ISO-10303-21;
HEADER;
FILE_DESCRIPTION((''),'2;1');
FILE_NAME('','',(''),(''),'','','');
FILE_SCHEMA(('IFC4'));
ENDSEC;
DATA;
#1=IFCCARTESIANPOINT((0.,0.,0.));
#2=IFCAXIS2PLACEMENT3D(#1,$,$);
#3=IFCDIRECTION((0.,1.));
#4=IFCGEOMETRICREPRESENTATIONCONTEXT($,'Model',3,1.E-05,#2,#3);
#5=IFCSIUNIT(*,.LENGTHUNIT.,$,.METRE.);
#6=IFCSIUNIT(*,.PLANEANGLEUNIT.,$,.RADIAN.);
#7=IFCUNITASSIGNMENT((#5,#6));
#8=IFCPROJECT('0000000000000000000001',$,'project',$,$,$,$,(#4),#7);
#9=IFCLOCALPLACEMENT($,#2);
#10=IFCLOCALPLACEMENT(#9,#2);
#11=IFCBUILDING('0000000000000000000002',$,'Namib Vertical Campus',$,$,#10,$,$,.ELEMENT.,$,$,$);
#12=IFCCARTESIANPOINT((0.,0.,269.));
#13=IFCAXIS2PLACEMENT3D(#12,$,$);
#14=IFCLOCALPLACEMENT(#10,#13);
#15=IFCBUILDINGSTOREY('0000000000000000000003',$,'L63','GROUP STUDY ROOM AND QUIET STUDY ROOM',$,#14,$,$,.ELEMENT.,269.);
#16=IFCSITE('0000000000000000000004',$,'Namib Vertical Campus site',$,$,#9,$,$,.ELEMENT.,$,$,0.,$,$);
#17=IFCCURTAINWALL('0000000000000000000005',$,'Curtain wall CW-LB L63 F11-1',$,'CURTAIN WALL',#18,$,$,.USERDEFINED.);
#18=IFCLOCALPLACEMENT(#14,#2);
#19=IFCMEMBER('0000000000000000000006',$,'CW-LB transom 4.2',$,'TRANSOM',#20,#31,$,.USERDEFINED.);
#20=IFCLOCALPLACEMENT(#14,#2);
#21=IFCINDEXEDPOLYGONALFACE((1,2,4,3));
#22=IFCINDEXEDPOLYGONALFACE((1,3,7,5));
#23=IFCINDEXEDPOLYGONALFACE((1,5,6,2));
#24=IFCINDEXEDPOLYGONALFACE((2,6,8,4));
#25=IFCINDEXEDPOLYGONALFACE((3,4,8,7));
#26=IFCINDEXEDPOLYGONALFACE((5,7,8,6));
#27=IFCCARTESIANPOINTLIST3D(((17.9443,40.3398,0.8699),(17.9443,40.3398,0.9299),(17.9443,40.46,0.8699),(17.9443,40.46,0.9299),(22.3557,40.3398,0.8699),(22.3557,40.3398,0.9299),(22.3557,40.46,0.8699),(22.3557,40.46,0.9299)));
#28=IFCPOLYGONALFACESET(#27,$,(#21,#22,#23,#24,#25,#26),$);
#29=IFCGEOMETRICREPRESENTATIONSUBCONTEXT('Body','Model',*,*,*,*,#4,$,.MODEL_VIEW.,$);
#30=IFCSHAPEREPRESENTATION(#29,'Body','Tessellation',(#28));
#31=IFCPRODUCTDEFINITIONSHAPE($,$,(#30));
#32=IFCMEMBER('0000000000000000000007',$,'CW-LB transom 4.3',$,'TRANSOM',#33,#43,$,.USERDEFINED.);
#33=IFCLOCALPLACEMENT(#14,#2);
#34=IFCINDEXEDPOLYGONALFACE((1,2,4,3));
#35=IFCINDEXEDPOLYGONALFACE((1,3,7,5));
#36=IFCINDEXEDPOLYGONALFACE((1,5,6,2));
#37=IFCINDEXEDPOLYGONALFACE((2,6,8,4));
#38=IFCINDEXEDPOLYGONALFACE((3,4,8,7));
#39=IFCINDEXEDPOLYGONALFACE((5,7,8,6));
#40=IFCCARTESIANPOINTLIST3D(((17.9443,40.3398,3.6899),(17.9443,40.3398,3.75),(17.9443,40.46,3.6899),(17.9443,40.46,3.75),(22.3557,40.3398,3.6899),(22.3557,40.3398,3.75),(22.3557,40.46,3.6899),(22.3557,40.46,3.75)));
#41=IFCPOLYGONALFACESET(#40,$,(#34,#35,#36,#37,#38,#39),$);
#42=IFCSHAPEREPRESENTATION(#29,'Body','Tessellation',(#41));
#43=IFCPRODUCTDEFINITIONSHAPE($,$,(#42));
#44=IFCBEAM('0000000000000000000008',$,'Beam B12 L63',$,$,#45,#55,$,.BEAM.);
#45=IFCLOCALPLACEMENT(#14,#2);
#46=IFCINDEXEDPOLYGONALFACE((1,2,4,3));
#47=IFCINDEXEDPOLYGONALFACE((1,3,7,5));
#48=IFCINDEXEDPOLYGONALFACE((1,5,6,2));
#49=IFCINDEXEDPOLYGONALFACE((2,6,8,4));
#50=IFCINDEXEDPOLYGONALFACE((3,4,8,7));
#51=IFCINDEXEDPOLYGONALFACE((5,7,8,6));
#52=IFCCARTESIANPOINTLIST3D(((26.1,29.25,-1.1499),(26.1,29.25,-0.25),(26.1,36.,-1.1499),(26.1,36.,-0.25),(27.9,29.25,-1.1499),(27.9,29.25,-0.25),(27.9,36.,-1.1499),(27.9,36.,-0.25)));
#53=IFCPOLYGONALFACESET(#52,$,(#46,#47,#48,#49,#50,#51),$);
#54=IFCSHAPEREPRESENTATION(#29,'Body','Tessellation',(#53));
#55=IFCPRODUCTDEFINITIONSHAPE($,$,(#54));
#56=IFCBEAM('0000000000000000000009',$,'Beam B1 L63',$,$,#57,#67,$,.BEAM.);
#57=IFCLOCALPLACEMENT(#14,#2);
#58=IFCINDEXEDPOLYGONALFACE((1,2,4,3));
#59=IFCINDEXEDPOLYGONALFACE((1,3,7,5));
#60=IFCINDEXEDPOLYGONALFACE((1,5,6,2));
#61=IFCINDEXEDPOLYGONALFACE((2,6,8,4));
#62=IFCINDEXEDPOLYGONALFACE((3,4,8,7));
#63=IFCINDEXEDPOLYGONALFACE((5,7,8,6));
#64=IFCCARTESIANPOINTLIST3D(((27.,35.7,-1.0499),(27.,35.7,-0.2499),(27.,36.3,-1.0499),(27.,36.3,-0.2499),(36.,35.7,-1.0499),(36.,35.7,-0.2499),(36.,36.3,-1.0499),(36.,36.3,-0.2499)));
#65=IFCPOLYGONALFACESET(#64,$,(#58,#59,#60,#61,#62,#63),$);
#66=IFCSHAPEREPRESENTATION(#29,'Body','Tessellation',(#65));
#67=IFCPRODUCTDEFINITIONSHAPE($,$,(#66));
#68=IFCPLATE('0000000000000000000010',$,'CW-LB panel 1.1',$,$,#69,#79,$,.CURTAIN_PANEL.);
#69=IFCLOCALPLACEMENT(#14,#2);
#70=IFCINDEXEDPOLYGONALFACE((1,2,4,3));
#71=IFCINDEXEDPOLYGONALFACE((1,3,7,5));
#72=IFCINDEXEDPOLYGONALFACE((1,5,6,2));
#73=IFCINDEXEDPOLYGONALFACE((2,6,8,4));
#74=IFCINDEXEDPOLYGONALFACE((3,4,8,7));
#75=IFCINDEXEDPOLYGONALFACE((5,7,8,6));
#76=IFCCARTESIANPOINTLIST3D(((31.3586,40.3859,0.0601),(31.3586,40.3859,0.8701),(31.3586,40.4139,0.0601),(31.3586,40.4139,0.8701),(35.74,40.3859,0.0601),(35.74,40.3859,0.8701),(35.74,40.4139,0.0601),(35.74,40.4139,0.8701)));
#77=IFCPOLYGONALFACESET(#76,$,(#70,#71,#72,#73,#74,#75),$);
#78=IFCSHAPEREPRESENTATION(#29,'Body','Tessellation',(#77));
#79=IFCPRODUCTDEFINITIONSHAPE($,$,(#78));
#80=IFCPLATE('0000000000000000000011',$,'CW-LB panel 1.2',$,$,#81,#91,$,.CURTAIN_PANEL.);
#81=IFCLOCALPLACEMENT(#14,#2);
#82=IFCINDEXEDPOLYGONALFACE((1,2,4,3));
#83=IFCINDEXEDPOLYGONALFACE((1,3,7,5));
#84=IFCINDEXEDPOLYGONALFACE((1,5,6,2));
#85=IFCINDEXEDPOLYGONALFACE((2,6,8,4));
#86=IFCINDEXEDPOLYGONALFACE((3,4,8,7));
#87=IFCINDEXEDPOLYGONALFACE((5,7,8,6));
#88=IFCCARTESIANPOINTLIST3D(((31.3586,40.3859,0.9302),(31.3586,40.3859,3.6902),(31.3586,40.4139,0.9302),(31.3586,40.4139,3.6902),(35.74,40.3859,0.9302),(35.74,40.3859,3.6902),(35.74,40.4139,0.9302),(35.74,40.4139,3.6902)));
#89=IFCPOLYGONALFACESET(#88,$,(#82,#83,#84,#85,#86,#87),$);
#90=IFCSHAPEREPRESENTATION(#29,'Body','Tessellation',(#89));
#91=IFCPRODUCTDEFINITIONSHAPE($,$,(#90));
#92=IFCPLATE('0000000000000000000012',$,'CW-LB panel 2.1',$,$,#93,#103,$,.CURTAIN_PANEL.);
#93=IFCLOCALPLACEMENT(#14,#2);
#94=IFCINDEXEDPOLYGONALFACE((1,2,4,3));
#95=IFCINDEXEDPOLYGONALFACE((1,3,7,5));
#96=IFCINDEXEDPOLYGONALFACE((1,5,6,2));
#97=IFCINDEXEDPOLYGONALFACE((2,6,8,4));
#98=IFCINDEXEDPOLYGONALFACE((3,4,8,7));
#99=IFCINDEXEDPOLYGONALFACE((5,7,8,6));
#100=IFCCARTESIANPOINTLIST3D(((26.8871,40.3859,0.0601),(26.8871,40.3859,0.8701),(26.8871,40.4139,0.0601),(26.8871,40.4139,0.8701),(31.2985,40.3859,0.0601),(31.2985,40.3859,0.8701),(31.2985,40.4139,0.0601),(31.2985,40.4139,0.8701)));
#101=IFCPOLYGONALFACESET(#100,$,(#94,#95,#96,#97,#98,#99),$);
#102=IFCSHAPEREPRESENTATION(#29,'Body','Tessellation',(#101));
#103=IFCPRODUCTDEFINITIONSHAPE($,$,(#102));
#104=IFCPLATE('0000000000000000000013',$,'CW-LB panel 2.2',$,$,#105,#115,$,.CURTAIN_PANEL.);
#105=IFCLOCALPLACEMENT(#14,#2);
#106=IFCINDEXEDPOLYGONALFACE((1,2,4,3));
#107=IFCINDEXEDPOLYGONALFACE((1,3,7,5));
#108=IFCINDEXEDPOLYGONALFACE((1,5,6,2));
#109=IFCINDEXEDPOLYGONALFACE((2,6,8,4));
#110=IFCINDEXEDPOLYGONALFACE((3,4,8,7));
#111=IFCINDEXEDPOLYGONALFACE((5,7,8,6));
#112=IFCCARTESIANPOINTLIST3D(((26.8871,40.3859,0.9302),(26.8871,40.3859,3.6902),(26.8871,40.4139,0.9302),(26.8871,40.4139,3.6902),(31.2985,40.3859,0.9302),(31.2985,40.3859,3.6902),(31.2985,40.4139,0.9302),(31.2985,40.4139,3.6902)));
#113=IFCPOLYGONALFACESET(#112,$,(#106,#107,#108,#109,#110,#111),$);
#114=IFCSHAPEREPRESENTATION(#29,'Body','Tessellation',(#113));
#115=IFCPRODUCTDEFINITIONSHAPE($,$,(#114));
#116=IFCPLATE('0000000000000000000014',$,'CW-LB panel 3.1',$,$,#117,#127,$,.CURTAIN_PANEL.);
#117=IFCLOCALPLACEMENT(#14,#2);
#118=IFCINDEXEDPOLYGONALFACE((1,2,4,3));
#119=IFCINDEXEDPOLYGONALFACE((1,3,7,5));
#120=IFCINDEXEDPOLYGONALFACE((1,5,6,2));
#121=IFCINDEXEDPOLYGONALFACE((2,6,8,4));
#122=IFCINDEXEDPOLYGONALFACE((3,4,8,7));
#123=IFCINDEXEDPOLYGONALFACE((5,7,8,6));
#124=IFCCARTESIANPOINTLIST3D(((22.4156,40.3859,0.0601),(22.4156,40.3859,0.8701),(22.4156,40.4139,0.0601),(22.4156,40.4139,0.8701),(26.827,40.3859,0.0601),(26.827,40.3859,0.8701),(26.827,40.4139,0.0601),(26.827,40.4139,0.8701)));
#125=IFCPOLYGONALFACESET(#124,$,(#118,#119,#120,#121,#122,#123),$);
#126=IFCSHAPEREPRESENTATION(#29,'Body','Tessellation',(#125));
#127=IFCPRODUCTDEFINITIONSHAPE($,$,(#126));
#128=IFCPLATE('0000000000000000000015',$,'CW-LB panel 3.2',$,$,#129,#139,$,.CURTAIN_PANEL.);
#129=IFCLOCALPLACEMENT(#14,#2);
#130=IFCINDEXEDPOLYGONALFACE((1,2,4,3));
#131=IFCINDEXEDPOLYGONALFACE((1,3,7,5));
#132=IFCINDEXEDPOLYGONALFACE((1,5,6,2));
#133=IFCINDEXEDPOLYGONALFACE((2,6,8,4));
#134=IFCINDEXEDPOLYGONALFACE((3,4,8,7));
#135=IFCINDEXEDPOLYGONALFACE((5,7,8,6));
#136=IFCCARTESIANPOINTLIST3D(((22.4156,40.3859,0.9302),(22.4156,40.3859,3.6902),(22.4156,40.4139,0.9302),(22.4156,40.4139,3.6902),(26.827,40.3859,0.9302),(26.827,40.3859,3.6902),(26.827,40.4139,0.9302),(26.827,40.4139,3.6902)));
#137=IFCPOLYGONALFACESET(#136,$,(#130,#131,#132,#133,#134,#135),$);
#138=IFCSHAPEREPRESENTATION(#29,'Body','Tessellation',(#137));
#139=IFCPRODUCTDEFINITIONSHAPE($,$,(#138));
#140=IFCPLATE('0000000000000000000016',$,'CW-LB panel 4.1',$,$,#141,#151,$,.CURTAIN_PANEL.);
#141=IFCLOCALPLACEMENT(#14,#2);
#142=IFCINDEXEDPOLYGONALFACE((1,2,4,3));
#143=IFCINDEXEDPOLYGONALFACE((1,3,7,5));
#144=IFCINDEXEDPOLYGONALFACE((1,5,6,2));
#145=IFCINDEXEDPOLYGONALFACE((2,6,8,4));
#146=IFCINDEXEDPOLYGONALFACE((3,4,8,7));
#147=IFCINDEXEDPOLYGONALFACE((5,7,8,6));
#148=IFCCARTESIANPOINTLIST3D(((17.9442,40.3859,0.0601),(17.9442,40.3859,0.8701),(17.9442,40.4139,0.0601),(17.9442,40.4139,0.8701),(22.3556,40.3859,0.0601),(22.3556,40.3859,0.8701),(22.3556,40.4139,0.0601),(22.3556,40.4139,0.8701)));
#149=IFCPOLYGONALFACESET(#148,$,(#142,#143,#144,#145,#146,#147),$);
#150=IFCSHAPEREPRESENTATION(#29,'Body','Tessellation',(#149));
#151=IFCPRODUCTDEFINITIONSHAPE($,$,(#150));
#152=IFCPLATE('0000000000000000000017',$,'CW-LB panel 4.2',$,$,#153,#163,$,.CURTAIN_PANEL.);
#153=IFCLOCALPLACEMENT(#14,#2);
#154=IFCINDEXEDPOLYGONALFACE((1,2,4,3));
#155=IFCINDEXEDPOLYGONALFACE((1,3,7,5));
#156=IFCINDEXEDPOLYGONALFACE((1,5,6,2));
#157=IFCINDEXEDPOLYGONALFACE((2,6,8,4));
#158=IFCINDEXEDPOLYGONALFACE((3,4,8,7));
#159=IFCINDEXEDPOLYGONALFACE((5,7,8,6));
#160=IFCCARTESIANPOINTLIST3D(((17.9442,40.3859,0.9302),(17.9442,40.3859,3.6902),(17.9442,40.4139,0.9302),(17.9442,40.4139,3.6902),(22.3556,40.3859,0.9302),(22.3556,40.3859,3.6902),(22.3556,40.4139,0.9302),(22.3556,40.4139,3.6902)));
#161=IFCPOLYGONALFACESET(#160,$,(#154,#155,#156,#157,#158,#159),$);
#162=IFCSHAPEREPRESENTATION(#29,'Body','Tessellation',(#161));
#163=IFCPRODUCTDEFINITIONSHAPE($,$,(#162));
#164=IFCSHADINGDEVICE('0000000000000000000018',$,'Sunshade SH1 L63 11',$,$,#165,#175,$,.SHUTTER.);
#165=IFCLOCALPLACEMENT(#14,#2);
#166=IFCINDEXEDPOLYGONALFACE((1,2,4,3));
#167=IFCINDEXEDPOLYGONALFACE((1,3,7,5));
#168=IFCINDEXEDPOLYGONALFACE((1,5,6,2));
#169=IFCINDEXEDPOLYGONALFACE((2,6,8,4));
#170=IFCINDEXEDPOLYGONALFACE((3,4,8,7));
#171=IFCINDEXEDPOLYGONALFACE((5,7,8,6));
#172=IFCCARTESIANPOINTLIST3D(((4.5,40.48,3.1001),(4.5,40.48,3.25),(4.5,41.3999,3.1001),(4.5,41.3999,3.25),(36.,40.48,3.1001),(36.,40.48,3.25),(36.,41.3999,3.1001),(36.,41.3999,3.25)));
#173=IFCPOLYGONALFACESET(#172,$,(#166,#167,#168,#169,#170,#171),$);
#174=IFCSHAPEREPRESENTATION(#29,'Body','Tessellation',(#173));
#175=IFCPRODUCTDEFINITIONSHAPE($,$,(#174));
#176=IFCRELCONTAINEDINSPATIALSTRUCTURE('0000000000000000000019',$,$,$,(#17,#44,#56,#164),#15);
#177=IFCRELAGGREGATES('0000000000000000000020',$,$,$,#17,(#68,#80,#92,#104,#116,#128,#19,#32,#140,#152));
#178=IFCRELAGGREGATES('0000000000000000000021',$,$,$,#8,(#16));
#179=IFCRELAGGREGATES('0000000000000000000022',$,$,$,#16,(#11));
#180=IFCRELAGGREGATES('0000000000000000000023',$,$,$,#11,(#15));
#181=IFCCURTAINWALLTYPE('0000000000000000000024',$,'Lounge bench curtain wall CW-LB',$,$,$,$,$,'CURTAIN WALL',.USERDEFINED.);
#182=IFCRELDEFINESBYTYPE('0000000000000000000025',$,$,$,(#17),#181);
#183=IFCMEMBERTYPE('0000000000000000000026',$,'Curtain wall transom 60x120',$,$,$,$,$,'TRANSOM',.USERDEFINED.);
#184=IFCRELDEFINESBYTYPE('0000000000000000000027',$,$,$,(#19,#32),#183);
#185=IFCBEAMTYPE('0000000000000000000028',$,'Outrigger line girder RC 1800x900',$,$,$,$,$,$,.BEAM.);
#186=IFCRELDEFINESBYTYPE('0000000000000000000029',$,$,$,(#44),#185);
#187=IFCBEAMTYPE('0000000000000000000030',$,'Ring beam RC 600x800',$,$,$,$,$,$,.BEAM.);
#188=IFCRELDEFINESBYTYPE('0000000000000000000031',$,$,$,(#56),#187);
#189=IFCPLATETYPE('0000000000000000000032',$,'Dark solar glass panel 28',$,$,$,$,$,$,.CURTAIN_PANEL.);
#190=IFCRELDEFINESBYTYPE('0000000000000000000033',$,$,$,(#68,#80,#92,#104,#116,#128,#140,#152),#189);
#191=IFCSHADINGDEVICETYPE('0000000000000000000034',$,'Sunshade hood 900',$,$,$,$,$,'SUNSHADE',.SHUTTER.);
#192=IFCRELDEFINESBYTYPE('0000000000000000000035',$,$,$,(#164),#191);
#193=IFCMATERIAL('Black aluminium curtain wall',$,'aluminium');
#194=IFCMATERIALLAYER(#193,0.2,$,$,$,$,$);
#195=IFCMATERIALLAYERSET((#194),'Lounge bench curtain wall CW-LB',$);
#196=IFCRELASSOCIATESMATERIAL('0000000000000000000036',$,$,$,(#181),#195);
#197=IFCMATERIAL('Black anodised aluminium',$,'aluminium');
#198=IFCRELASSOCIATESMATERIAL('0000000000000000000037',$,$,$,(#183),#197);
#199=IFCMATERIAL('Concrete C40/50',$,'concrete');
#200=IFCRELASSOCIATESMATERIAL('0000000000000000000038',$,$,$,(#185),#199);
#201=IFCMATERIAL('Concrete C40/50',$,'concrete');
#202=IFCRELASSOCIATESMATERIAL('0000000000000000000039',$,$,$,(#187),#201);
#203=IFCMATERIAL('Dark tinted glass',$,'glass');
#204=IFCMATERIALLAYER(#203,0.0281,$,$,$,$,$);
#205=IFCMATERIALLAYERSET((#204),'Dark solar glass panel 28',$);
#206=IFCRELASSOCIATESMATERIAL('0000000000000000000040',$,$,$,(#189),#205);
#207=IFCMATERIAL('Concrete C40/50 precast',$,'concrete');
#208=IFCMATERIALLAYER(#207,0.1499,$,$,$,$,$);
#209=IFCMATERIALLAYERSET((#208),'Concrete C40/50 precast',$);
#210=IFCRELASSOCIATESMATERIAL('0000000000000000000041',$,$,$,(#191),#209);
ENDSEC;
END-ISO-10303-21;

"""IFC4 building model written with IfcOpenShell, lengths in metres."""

from ifc_helpers import new_model, si_unit, direction, frame, origin, origin_2d, place, context, subcontext, project, spatial, rectangle, extrude, material, layer, layer_set, material_profile, profile_set, type_object, element, aggregate, save


model = new_model("IFC4")

# Units and contexts
model_context = context("Model", 3, precision=1e-05, world=origin(), true_north=direction((0.0, 1.0)))
body_context = subcontext(model_context, "Body", "Model", "MODEL_VIEW")
ifc_project = project(units=[si_unit("LENGTHUNIT", "METRE"), si_unit("PLANEANGLEUNIT", "RADIAN")], contexts=[model_context])

# Site, building, storey
site_placement = place(None, origin())
site = spatial("IfcSite", under=ifc_project, at=site_placement, Name="Namib Vertical Campus site", CompositionType="ELEMENT", RefElevation=0.0)
building_placement = place(site_placement, origin())
building = spatial("IfcBuilding", under=site, at=building_placement, Name="Namib Vertical Campus", CompositionType="ELEMENT")
storey_placement = place(building_placement, frame((0.0, 0.0, 269.0)))
storey = spatial("IfcBuildingStorey", under=building, at=storey_placement, Name="L63", Description="GROUP STUDY ROOM AND QUIET STUDY ROOM", CompositionType="ELEMENT", Elevation=269.0)

# Curtain wall, members
ifc_material_1 = material(Name="Black aluminium curtain wall", Category="aluminium")
ifc_layer_1 = layer(ifc_material_1, 0.2)
ifc_layer_set_1 = layer_set([ifc_layer_1], Name="Lounge bench curtain wall CW-LB")
curtain_wall_type = type_object("IfcCurtainWallType", Name="Lounge bench curtain wall CW-LB", ElementType="CURTAIN WALL", PredefinedType="USERDEFINED", material=ifc_layer_set_1)
curtain_wall_placement = place(storey_placement, origin())
curtain_wall = element("IfcCurtainWall", 1, at=curtain_wall_placement, inside=storey, type_object=curtain_wall_type, Name="Curtain wall CW-LB L63 F11-1", ObjectType="CURTAIN WALL", PredefinedType="USERDEFINED")
ifc_material_2 = material(Name="Black anodised aluminium", Category="aluminium")
ifc_material_profile_1 = material_profile(ifc_material_2, rectangle(XDim=0.0601, YDim=0.1201, at=origin_2d()))
ifc_profile_set_1 = profile_set([ifc_material_profile_1], Name="Black anodised aluminium")
member_type_1 = type_object("IfcMemberType", Name="Curtain wall transom 60x120", ElementType="TRANSOM", PredefinedType="USERDEFINED", material=ifc_profile_set_1)
member_1_placement = place(storey_placement, frame((22.3557, 40.3999, 0.8999), z_axis=(-1.0, 0.0, 0.0), x_axis=(0.0, 0.0, 1.0)))
member_1 = element("IfcMember", 2, at=member_1_placement, type_object=member_type_1, Name="CW-LB transom 4.2", ObjectType="TRANSOM", PredefinedType="USERDEFINED", context=body_context, shape_type="SweptSolid", body=[
    extrude(rectangle(XDim=0.0601, YDim=0.1201, at=origin_2d()), origin(), (0.0, 0.0, 1.0), 4.4114),
])
member_2_placement = place(storey_placement, frame((22.3557, 40.3999, 3.72), z_axis=(-1.0, 0.0, 0.0), x_axis=(0.0, 0.0, 1.0)))
member_2 = element("IfcMember", 3, at=member_2_placement, type_object=member_type_1, Name="CW-LB transom 4.3", ObjectType="TRANSOM", PredefinedType="USERDEFINED", context=body_context, shape_type="SweptSolid", body=[
    extrude(rectangle(XDim=0.0601, YDim=0.1201, at=origin_2d()), origin(), (0.0, 0.0, 1.0), 4.4114),
])

# Beams
ifc_material_3 = material(Name="Concrete C40/50", Category="concrete")
ifc_material_profile_2 = material_profile(ifc_material_3, rectangle(XDim=1.8, YDim=0.8999, at=origin_2d()))
ifc_profile_set_2 = profile_set([ifc_material_profile_2], Name="Concrete C40/50")
beam_type_1 = type_object("IfcBeamType", Name="Outrigger line girder RC 1800x900", PredefinedType="BEAM", material=ifc_profile_set_2)
beam_1_placement = place(storey_placement, frame((27.0, 36.0, -0.7), z_axis=(0.0, -1.0, 0.0), x_axis=(1.0, 0.0, 0.0)))
element("IfcBeam", 4, at=beam_1_placement, inside=storey, type_object=beam_type_1, Name="Beam B12 L63", PredefinedType="BEAM", context=body_context, shape_type="SweptSolid", body=[
    extrude(rectangle(XDim=1.8, YDim=0.8999, at=origin_2d()), origin(), (0.0, 0.0, 1.0), 6.75),
])
ifc_material_4 = material(Name="Concrete C40/50", Category="concrete")
ifc_material_profile_3 = material_profile(ifc_material_4, rectangle(XDim=0.6001, YDim=0.8, at=origin_2d()))
ifc_profile_set_3 = profile_set([ifc_material_profile_3], Name="Concrete C40/50")
beam_type_2 = type_object("IfcBeamType", Name="Ring beam RC 600x800", PredefinedType="BEAM", material=ifc_profile_set_3)
beam_2_placement = place(storey_placement, frame((27.0, 36.0, -0.6499), z_axis=(1.0, 0.0, 0.0), x_axis=(0.0, 1.0, 0.0)))
element("IfcBeam", 5, at=beam_2_placement, inside=storey, type_object=beam_type_2, Name="Beam B1 L63", PredefinedType="BEAM", context=body_context, shape_type="SweptSolid", body=[
    extrude(rectangle(XDim=0.6001, YDim=0.8, at=origin_2d()), origin(), (0.0, 0.0, 1.0), 9.0),
])

# Plates
ifc_material_5 = material(Name="Dark tinted glass", Category="glass")
ifc_layer_2 = layer(ifc_material_5, 0.0281)
ifc_layer_set_2 = layer_set([ifc_layer_2], Name="Dark solar glass panel 28")
plate_type = type_object("IfcPlateType", Name="Dark solar glass panel 28", PredefinedType="CURTAIN_PANEL", material=ifc_layer_set_2)
plate_1_placement = place(storey_placement, frame((33.5493, 40.3999, 0.0601), z_axis=(0.0, 0.0, 1.0), x_axis=(-1.0, 0.0, 0.0)))
plate_1 = element("IfcPlate", 6, at=plate_1_placement, type_object=plate_type, Name="CW-LB panel 1.1", PredefinedType="CURTAIN_PANEL", context=body_context, shape_type="SweptSolid", body=[
    extrude(rectangle(XDim=4.3813, YDim=0.0281, at=origin_2d()), origin(), (0.0, 0.0, 1.0), 0.8101),
])
plate_2_placement = place(storey_placement, frame((33.5493, 40.3999, 0.9302), z_axis=(0.0, 0.0, 1.0), x_axis=(-1.0, 0.0, 0.0)))
plate_2 = element("IfcPlate", 7, at=plate_2_placement, type_object=plate_type, Name="CW-LB panel 1.2", PredefinedType="CURTAIN_PANEL", context=body_context, shape_type="SweptSolid", body=[
    extrude(rectangle(XDim=4.3813, YDim=0.0281, at=origin_2d()), origin(), (0.0, 0.0, 1.0), 2.76),
])
plate_3_placement = place(storey_placement, frame((29.0928, 40.3999, 0.0601), z_axis=(0.0, 0.0, 1.0), x_axis=(-1.0, 0.0, 0.0)))
plate_3 = element("IfcPlate", 8, at=plate_3_placement, type_object=plate_type, Name="CW-LB panel 2.1", PredefinedType="CURTAIN_PANEL", context=body_context, shape_type="SweptSolid", body=[
    extrude(rectangle(XDim=4.4114, YDim=0.0281, at=origin_2d()), origin(), (0.0, 0.0, 1.0), 0.8101),
])
plate_4_placement = place(storey_placement, frame((29.0928, 40.3999, 0.9302), z_axis=(0.0, 0.0, 1.0), x_axis=(-1.0, 0.0, 0.0)))
plate_4 = element("IfcPlate", 9, at=plate_4_placement, type_object=plate_type, Name="CW-LB panel 2.2", PredefinedType="CURTAIN_PANEL", context=body_context, shape_type="SweptSolid", body=[
    extrude(rectangle(XDim=4.4114, YDim=0.0281, at=origin_2d()), origin(), (0.0, 0.0, 1.0), 2.76),
])
plate_5_placement = place(storey_placement, frame((24.6213, 40.3999, 0.0601), z_axis=(0.0, 0.0, 1.0), x_axis=(-1.0, 0.0, 0.0)))
plate_5 = element("IfcPlate", 10, at=plate_5_placement, type_object=plate_type, Name="CW-LB panel 3.1", PredefinedType="CURTAIN_PANEL", context=body_context, shape_type="SweptSolid", body=[
    extrude(rectangle(XDim=4.4114, YDim=0.0281, at=origin_2d()), origin(), (0.0, 0.0, 1.0), 0.8101),
])
plate_6_placement = place(storey_placement, frame((24.6213, 40.3999, 0.9302), z_axis=(0.0, 0.0, 1.0), x_axis=(-1.0, 0.0, 0.0)))
plate_6 = element("IfcPlate", 11, at=plate_6_placement, type_object=plate_type, Name="CW-LB panel 3.2", PredefinedType="CURTAIN_PANEL", context=body_context, shape_type="SweptSolid", body=[
    extrude(rectangle(XDim=4.4114, YDim=0.0281, at=origin_2d()), origin(), (0.0, 0.0, 1.0), 2.76),
])
plate_7_placement = place(storey_placement, frame((20.1499, 40.3999, 0.0601), z_axis=(0.0, 0.0, 1.0), x_axis=(-1.0, 0.0, 0.0)))
plate_7 = element("IfcPlate", 12, at=plate_7_placement, type_object=plate_type, Name="CW-LB panel 4.1", PredefinedType="CURTAIN_PANEL", context=body_context, shape_type="SweptSolid", body=[
    extrude(rectangle(XDim=4.4114, YDim=0.0281, at=origin_2d()), origin(), (0.0, 0.0, 1.0), 0.8101),
])
plate_8_placement = place(storey_placement, frame((20.1499, 40.3999, 0.9302), z_axis=(0.0, 0.0, 1.0), x_axis=(-1.0, 0.0, 0.0)))
plate_8 = element("IfcPlate", 13, at=plate_8_placement, type_object=plate_type, Name="CW-LB panel 4.2", PredefinedType="CURTAIN_PANEL", context=body_context, shape_type="SweptSolid", body=[
    extrude(rectangle(XDim=4.4114, YDim=0.0281, at=origin_2d()), origin(), (0.0, 0.0, 1.0), 2.76),
])
aggregate(curtain_wall, [plate_1, plate_2, plate_3, plate_4, plate_5, plate_6, member_1, member_2, plate_7, plate_8])

# Shading device
ifc_material_6 = material(Name="Concrete C40/50 precast", Category="concrete")
ifc_layer_3 = layer(ifc_material_6, 0.1499)
ifc_layer_set_3 = layer_set([ifc_layer_3], Name="Concrete C40/50 precast")
shading_device_type = type_object("IfcShadingDeviceType", Name="Sunshade hood 900", ElementType="SUNSHADE", PredefinedType="SHUTTER", material=ifc_layer_set_3)
shading_device_placement = place(storey_placement, frame((20.25, 40.9399, 3.1001), z_axis=(0.0, 0.0, 1.0), x_axis=(-1.0, 0.0, 0.0)))
element("IfcShadingDevice", 14, at=shading_device_placement, inside=storey, type_object=shading_device_type, Name="Sunshade SH1 L63 11", PredefinedType="SHUTTER", context=body_context, shape_type="SweptSolid", body=[
    extrude(rectangle(XDim=31.5, YDim=0.9199, at=origin_2d()), origin(), (0.0, 0.0, 1.0), 0.1499),
])

save(model, "model.ifc")
